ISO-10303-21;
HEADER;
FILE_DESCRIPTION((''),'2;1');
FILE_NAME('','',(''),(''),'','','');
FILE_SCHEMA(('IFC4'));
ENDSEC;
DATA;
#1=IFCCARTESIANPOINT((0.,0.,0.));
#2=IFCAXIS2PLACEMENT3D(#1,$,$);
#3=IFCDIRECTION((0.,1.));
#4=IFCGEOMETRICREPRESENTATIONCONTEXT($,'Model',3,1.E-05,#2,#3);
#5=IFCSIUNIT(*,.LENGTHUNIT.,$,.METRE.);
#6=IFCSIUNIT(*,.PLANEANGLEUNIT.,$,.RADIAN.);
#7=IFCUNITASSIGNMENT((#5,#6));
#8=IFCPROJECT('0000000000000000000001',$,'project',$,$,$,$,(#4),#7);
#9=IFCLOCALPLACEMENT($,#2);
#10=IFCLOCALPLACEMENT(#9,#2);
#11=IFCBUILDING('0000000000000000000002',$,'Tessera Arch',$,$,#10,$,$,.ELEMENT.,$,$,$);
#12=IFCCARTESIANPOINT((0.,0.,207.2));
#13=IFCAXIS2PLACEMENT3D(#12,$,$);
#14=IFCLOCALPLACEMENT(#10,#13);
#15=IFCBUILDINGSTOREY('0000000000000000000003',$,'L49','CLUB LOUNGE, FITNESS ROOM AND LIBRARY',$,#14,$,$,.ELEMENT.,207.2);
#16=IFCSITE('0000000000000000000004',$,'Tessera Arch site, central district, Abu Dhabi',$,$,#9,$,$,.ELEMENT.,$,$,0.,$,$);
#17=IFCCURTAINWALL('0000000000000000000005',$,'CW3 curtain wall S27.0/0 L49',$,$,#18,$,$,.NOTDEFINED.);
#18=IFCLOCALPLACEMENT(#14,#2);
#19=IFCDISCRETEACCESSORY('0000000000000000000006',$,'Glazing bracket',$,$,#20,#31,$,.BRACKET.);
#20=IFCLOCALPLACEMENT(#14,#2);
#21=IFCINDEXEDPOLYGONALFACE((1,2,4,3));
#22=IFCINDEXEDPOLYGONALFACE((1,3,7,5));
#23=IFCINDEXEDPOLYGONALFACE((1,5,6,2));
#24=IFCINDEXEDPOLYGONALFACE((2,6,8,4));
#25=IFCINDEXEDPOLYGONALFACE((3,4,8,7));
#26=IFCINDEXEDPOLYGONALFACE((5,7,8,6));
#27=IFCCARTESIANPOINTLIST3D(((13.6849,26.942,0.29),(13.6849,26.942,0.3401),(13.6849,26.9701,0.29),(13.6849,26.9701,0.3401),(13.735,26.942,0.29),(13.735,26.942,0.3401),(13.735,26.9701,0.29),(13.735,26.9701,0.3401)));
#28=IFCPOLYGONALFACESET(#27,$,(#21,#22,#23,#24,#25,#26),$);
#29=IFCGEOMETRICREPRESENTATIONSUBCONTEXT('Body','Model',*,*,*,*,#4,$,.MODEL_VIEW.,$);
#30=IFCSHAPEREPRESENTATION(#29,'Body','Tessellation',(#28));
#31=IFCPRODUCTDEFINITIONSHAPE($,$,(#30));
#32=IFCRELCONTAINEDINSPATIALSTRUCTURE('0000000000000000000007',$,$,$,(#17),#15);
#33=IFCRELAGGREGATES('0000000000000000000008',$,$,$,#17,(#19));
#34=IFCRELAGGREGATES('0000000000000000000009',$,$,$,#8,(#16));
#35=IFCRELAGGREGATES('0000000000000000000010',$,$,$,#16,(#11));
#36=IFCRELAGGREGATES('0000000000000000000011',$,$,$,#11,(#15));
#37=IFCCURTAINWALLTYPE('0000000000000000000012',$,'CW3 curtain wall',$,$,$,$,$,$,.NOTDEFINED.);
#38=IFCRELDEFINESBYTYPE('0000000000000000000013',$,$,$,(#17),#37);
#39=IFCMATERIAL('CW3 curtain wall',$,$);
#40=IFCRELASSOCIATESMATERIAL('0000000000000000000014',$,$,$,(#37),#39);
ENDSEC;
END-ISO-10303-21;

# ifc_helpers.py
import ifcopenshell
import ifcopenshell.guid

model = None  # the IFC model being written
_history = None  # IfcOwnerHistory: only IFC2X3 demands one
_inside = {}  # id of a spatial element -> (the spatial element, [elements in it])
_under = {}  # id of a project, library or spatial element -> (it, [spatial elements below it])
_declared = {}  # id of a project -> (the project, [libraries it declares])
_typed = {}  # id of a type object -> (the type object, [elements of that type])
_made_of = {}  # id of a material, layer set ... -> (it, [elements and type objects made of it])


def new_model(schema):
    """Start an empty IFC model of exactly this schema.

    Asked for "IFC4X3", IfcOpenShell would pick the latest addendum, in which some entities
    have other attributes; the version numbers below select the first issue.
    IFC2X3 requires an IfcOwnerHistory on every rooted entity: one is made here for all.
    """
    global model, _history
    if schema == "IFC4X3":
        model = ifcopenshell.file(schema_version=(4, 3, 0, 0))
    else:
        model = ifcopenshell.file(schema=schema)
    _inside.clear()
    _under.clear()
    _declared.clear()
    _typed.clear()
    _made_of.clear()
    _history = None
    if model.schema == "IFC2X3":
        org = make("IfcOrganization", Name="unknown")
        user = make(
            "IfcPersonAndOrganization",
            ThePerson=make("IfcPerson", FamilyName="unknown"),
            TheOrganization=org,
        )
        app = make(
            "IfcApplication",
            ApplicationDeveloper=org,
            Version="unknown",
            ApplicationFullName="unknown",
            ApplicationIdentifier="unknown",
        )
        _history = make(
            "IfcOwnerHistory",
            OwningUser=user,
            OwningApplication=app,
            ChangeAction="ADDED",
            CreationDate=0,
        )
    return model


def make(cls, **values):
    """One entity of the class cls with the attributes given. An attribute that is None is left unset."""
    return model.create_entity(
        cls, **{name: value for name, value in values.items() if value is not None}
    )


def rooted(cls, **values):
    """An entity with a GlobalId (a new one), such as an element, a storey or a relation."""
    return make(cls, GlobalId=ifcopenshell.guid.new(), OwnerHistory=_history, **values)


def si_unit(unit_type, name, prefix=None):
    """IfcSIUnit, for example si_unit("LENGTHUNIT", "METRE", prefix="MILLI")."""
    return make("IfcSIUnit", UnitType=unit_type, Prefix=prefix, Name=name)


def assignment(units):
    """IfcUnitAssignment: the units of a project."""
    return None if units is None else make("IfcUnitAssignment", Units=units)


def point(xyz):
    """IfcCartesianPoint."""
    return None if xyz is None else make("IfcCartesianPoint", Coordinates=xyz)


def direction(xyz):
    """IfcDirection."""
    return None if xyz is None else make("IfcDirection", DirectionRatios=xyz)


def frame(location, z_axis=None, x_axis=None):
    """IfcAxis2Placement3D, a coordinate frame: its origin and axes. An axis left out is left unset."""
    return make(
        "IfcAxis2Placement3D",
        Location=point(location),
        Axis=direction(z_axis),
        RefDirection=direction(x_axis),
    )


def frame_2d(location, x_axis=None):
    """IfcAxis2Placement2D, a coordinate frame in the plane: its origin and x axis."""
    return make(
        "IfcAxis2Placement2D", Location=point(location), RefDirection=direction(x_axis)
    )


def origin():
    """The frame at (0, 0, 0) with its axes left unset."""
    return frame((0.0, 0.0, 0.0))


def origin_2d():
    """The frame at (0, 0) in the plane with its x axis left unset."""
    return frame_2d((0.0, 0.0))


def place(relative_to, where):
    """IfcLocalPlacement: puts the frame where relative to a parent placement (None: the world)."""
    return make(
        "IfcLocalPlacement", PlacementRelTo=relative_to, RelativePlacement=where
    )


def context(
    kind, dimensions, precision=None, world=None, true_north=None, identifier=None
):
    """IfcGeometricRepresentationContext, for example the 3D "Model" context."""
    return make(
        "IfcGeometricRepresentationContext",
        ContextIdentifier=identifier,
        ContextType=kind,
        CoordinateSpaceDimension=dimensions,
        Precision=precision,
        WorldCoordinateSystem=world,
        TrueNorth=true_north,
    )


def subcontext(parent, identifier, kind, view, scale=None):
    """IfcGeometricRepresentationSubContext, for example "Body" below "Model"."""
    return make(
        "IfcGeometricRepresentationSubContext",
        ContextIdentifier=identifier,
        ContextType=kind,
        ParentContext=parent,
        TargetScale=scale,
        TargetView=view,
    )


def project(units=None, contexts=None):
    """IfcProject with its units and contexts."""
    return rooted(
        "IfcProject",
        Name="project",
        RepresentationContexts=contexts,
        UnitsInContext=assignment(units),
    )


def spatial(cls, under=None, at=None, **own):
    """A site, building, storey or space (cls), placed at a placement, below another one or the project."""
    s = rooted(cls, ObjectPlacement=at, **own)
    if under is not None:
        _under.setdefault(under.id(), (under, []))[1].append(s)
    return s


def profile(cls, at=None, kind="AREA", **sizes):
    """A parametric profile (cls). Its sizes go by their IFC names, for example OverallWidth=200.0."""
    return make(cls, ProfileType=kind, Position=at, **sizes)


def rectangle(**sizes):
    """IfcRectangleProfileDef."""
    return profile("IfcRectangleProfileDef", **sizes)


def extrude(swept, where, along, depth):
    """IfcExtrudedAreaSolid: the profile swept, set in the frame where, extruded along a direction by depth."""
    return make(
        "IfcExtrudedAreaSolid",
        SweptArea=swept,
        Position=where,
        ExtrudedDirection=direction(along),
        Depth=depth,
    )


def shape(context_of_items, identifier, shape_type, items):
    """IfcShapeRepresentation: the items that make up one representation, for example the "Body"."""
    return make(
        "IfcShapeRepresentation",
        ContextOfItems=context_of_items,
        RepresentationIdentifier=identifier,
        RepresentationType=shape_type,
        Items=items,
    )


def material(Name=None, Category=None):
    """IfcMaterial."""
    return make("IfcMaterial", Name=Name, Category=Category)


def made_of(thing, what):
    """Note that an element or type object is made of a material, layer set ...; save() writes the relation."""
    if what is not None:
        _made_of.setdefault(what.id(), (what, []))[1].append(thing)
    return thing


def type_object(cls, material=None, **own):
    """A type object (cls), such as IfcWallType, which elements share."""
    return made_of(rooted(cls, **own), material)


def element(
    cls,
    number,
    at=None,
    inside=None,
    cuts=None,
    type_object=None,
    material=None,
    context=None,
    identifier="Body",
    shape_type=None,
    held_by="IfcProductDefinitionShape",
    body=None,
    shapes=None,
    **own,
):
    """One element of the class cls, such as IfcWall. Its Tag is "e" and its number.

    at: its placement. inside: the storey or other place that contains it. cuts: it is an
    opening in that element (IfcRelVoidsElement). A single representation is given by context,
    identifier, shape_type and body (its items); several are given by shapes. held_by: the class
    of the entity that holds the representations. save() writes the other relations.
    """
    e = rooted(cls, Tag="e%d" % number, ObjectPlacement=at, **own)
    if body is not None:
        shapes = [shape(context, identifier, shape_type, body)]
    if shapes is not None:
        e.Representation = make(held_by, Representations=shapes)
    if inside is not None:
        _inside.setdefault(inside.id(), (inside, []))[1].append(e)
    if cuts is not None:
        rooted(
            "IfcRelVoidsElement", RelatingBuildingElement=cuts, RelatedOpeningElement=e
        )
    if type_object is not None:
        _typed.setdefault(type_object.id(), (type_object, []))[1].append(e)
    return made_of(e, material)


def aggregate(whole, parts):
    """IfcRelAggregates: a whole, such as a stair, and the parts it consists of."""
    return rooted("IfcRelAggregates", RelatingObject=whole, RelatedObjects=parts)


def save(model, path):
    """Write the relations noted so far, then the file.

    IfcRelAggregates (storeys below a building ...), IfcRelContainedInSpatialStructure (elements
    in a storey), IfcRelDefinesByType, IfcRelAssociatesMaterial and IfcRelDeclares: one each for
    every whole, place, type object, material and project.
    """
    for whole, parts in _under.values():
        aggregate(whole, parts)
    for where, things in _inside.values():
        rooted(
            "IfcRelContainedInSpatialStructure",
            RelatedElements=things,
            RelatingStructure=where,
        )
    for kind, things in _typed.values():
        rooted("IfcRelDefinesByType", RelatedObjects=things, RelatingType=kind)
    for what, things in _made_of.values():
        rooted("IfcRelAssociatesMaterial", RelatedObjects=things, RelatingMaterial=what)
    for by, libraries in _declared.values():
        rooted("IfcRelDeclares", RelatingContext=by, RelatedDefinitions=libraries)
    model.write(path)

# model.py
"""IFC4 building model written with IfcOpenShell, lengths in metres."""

from ifc_helpers import new_model, si_unit, direction, frame, origin, origin_2d, place, context, subcontext, project, spatial, rectangle, extrude, material, type_object, element, aggregate, save


model = new_model("IFC4")

# Units and contexts
model_context = context("Model", 3, precision=1e-05, world=origin(), true_north=direction((0.0, 1.0)))
body_context = subcontext(model_context, "Body", "Model", "MODEL_VIEW")
ifc_project = project(units=[si_unit("LENGTHUNIT", "METRE"), si_unit("PLANEANGLEUNIT", "RADIAN")], contexts=[model_context])

# Site, building, storey
site_placement = place(None, origin())
site = spatial("IfcSite", under=ifc_project, at=site_placement, Name="Tessera Arch site, central district, Abu Dhabi", CompositionType="ELEMENT", RefElevation=0.0)
building_placement = place(site_placement, origin())
building = spatial("IfcBuilding", under=site, at=building_placement, Name="Tessera Arch", CompositionType="ELEMENT")
storey_placement = place(building_placement, frame((0.0, 0.0, 207.2)))
storey = spatial("IfcBuildingStorey", under=building, at=storey_placement, Name="L49", Description="CLUB LOUNGE, FITNESS ROOM AND LIBRARY", CompositionType="ELEMENT", Elevation=207.2)

# Curtain wall
ifc_material_1 = material(Name="CW3 curtain wall")
curtain_wall_type_1 = type_object("IfcCurtainWallType", Name="CW3 curtain wall", PredefinedType="NOTDEFINED", material=ifc_material_1)
curtain_wall_1_placement = place(storey_placement, origin())
curtain_wall_1 = element("IfcCurtainWall", 1, at=curtain_wall_1_placement, inside=storey, type_object=curtain_wall_type_1, Name="CW3 curtain wall S27.0/0 L49", PredefinedType="NOTDEFINED")

# Discrete accessory
discrete_accessory_placement = place(storey_placement, frame((13.71, 26.9561, 0.29), z_axis=(0.0, 0.0, 1.0), x_axis=(1.0, 0.0, 0.0)))
discrete_accessory = element("IfcDiscreteAccessory", 2, at=discrete_accessory_placement, Name="Glazing bracket", PredefinedType="BRACKET", context=body_context, shape_type="SweptSolid", body=[
    extrude(rectangle(XDim=0.05, YDim=0.0281, at=origin_2d()), origin(), (0.0, 0.0, 1.0), 0.05),
])
aggregate(curtain_wall_1, [discrete_accessory])

save(model, "model.ifc")
